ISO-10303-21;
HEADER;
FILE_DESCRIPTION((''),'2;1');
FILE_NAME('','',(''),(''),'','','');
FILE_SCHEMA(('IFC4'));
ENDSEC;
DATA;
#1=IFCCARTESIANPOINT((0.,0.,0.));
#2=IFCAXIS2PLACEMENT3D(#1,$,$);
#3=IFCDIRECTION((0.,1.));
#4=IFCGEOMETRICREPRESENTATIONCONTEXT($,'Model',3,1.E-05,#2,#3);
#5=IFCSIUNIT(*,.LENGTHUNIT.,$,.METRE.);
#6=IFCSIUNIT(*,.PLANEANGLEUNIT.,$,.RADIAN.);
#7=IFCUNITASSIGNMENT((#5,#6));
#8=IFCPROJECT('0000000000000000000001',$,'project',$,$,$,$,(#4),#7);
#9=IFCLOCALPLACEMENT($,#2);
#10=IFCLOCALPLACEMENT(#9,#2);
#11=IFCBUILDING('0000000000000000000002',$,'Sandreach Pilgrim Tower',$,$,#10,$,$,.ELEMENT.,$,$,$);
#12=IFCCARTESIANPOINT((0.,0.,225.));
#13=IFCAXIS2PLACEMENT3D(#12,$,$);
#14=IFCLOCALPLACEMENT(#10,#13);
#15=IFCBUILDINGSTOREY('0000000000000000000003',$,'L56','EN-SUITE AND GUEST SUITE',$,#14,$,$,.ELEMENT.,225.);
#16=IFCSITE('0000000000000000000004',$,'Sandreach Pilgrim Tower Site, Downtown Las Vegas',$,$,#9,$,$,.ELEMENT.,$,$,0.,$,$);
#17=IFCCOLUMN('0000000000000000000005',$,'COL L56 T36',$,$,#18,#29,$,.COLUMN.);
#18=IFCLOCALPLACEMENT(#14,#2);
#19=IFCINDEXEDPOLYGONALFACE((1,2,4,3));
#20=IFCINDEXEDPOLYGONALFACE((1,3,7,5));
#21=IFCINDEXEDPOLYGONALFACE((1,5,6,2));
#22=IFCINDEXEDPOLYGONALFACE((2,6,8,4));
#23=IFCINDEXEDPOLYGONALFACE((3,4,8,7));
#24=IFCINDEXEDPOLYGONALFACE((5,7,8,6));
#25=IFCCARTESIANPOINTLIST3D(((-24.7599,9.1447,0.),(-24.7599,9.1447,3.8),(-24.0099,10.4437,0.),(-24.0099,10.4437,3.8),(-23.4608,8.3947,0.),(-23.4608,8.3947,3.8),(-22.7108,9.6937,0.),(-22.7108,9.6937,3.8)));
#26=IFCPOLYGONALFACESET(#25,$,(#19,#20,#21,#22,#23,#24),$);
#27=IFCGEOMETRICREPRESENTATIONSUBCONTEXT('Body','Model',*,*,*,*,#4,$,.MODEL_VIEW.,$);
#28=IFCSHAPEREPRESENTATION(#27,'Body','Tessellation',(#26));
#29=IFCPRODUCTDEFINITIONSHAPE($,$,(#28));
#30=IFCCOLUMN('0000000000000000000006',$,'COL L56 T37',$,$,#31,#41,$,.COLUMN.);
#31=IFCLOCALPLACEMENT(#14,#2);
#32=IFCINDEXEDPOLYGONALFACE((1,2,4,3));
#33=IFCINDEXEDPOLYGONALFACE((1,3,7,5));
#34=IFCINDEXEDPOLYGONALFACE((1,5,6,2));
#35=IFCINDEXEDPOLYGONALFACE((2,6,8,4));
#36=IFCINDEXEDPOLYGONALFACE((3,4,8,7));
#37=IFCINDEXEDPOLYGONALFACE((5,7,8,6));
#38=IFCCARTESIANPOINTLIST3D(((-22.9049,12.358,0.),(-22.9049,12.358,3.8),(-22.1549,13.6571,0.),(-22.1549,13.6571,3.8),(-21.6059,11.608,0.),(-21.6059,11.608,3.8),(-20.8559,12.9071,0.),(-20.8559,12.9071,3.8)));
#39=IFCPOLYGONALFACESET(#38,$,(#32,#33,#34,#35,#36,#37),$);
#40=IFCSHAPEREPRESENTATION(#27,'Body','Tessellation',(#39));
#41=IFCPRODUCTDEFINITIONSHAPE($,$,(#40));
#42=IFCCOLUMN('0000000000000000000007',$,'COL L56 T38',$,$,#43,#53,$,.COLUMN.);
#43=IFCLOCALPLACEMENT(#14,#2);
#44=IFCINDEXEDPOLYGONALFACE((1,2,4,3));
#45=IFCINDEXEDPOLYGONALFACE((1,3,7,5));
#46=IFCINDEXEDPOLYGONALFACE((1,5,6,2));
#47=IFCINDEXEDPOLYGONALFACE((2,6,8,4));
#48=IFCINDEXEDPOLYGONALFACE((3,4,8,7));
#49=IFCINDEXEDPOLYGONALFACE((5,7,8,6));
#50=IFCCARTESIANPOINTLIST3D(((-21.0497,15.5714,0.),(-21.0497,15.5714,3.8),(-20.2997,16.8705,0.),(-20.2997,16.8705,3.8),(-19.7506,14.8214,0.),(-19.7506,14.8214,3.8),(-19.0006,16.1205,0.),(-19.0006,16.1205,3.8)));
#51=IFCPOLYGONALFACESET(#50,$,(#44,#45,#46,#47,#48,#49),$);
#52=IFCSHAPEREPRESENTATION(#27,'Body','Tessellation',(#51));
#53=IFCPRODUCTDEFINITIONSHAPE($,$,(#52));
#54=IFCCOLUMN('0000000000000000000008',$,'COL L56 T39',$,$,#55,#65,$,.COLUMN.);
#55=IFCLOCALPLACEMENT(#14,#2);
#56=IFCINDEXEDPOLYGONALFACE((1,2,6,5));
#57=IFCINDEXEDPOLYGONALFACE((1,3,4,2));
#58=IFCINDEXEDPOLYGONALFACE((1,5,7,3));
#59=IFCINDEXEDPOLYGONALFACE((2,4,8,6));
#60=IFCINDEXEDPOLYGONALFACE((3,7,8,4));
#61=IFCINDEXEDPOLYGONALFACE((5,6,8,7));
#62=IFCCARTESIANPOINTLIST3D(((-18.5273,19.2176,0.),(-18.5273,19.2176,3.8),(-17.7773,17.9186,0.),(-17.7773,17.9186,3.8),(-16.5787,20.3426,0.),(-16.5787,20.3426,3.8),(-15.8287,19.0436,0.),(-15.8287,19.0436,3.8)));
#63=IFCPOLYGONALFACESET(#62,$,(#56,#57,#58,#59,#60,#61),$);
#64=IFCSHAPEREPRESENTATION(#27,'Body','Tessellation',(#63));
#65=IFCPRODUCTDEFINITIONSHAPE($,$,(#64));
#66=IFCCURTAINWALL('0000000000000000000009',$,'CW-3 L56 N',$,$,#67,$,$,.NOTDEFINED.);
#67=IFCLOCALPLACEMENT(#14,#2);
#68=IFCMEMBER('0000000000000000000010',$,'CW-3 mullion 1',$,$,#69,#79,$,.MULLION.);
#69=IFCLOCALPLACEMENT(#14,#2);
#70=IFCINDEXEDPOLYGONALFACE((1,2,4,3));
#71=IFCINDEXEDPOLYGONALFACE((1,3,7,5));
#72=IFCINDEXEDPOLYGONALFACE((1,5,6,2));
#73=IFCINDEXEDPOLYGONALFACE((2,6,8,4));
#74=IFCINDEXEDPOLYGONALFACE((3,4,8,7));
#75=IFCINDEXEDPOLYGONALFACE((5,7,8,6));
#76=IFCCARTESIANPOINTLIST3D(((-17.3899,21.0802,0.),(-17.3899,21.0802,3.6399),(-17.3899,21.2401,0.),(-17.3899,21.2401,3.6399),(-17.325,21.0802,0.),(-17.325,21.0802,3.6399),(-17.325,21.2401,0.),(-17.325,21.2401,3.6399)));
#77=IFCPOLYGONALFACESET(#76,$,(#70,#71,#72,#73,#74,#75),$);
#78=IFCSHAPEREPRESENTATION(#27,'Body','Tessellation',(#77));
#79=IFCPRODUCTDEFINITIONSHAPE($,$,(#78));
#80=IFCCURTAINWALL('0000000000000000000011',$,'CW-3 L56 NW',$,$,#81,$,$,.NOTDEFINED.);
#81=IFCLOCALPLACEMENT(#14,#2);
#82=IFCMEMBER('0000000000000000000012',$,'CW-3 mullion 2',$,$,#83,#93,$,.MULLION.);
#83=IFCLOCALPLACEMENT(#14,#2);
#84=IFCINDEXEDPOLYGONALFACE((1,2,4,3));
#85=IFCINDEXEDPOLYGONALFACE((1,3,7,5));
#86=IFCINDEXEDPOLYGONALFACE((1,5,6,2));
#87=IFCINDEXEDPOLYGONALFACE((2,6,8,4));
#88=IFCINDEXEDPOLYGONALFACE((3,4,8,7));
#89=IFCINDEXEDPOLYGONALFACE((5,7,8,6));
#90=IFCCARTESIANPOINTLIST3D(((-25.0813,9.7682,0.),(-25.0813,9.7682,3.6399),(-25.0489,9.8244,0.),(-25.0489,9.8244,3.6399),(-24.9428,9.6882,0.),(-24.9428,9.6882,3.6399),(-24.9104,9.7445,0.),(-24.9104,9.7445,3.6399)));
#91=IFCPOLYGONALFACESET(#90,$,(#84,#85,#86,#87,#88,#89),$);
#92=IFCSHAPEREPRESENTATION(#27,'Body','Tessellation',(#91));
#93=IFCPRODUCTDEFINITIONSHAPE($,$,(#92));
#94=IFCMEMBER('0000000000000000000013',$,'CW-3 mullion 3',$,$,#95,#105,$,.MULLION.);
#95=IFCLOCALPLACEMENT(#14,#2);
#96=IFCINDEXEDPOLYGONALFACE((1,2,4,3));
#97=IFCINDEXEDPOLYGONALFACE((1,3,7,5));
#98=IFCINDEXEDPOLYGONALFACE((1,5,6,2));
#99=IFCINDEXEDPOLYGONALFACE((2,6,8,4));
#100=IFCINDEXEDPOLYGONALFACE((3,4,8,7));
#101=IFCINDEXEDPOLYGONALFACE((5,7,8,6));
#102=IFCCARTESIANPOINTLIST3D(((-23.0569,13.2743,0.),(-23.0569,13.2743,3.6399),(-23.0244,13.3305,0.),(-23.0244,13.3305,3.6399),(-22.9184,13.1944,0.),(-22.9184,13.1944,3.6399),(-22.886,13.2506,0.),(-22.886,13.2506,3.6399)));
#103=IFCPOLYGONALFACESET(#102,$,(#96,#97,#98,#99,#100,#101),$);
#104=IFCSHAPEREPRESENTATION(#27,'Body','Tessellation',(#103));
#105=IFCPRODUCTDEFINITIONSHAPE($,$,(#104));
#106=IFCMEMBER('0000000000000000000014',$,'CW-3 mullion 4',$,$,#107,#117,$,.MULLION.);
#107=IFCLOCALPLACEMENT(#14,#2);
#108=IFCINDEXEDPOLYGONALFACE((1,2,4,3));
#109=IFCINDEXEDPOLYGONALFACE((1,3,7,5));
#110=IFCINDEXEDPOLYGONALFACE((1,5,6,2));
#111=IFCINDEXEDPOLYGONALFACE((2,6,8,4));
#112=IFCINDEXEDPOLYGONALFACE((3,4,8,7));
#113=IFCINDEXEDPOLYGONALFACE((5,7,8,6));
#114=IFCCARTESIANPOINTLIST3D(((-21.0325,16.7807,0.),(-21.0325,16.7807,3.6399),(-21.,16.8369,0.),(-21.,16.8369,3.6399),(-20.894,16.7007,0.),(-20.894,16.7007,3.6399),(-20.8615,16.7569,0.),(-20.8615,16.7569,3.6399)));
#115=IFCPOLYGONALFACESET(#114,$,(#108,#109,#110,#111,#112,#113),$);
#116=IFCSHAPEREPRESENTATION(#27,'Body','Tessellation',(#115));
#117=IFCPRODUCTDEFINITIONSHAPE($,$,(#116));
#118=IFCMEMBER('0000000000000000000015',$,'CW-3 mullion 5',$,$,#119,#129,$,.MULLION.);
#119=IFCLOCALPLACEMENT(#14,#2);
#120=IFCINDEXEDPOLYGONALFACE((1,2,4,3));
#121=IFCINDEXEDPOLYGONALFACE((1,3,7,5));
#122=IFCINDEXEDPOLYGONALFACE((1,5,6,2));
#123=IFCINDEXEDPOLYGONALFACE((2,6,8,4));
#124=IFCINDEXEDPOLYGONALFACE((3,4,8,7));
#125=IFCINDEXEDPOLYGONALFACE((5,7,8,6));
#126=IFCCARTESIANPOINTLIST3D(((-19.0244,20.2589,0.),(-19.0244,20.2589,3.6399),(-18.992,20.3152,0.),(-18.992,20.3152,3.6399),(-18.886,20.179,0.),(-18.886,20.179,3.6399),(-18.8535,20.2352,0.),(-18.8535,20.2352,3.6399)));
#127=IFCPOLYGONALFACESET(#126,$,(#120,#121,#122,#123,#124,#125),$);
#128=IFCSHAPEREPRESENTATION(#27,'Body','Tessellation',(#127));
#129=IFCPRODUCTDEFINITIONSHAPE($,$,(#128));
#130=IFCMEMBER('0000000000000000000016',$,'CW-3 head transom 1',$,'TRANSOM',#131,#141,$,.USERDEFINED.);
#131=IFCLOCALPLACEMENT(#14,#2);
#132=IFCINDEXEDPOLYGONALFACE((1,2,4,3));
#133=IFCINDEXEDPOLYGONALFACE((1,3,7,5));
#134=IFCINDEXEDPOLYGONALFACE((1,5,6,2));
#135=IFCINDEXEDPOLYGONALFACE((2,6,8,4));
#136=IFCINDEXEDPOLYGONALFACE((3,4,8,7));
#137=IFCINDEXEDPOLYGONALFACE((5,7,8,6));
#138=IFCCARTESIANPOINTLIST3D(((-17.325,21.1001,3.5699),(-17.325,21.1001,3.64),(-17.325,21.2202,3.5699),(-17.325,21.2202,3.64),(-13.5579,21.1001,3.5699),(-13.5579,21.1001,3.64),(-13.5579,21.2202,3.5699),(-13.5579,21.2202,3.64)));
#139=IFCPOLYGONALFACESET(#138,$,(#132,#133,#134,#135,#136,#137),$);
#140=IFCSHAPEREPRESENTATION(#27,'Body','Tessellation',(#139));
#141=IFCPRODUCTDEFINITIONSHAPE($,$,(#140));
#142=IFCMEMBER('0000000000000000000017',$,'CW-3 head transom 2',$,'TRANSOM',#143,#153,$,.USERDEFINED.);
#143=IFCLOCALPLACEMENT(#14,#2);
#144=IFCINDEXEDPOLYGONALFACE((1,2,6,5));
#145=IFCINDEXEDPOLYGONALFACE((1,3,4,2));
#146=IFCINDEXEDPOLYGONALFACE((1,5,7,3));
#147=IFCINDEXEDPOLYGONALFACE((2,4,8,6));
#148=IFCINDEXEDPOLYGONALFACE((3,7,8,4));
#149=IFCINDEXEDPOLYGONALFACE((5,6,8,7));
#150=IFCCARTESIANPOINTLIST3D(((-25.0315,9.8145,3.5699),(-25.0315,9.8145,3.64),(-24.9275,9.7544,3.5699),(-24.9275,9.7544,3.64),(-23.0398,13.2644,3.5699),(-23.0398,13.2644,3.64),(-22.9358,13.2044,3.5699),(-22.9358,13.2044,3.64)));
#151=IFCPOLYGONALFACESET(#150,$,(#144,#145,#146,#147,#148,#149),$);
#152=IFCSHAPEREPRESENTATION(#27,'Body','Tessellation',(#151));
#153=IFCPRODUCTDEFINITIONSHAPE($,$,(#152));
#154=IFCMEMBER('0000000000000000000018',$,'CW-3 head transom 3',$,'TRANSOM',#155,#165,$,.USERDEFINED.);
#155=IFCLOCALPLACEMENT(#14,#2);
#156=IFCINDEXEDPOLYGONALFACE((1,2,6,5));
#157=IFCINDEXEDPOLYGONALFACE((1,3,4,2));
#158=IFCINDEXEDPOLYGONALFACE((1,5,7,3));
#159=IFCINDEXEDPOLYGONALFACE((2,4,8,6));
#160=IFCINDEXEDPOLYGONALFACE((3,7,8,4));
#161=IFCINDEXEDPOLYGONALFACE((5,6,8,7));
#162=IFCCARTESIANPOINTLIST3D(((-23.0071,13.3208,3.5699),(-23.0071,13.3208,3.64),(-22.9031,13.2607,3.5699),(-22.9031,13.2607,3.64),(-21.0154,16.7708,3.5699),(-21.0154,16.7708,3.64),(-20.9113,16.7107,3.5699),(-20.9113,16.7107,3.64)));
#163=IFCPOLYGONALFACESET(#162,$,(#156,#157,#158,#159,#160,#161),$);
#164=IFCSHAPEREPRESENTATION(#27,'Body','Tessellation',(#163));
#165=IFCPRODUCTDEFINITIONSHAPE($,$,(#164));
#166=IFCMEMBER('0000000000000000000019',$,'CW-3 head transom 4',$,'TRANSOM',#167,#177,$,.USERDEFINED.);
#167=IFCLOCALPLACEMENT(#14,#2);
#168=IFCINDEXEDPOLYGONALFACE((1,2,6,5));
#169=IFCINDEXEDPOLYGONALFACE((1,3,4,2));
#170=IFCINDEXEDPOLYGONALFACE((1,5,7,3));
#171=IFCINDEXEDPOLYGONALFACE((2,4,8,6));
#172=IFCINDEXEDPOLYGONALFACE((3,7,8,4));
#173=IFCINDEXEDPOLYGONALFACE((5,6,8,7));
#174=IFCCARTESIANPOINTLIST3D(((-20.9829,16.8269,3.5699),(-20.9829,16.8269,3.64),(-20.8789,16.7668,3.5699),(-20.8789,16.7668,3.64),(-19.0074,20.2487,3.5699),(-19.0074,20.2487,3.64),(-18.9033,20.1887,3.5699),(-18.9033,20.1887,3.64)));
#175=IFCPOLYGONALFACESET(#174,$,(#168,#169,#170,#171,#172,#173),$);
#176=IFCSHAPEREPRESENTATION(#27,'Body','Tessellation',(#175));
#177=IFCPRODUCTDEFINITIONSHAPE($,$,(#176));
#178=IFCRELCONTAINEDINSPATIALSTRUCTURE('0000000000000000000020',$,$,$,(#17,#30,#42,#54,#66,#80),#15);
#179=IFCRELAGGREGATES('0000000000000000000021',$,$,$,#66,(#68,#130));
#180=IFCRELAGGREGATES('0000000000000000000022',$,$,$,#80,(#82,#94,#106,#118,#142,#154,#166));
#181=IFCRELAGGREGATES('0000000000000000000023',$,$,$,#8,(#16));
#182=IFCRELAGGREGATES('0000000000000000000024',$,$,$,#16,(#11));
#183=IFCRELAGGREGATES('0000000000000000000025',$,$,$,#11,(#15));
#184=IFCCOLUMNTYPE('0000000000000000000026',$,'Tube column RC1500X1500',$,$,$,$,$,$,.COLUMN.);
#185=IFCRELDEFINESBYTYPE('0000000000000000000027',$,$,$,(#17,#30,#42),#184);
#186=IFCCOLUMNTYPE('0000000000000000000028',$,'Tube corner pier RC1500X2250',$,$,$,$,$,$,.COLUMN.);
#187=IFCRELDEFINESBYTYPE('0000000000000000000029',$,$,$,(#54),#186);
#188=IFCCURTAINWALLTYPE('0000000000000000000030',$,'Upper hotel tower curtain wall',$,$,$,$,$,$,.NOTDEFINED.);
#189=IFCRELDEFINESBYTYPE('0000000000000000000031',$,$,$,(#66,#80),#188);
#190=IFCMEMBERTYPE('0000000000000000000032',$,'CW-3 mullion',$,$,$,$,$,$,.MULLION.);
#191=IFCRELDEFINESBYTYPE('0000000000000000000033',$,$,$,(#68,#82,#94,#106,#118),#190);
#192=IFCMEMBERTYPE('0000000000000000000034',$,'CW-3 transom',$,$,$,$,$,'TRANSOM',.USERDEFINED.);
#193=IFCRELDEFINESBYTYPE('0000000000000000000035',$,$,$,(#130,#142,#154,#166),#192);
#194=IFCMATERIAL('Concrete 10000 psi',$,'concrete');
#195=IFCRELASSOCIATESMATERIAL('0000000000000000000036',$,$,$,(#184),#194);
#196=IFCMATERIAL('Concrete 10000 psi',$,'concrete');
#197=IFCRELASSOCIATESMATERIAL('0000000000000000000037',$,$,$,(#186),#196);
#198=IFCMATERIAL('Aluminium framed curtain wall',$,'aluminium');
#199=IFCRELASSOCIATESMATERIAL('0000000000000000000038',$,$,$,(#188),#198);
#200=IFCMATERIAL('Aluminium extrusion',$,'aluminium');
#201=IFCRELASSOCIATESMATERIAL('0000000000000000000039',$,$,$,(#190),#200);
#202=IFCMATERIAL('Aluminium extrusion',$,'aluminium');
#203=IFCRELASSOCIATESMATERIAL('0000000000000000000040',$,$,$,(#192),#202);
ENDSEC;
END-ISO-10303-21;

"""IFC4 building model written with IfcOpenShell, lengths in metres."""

from ifc_helpers import new_model, si_unit, direction, frame, origin, origin_2d, place, context, subcontext, project, spatial, rectangle, extrude, material, material_profile, profile_set, type_object, element, aggregate, save


model = new_model("IFC4")

# Units and contexts
model_context = context("Model", 3, precision=1e-05, world=origin(), true_north=direction((0.0, 1.0)))
body_context = subcontext(model_context, "Body", "Model", "MODEL_VIEW")
ifc_project = project(units=[si_unit("LENGTHUNIT", "METRE"), si_unit("PLANEANGLEUNIT", "RADIAN")], contexts=[model_context])

# Site, building, storey
site_placement = place(None, origin())
site = spatial("IfcSite", under=ifc_project, at=site_placement, Name="Sandreach Pilgrim Tower Site, Downtown Las Vegas", CompositionType="ELEMENT", RefElevation=0.0)
building_placement = place(site_placement, origin())
building = spatial("IfcBuilding", under=site, at=building_placement, Name="Sandreach Pilgrim Tower", CompositionType="ELEMENT")
storey_placement = place(building_placement, frame((0.0, 0.0, 225.0)))
storey = spatial("IfcBuildingStorey", under=building, at=storey_placement, Name="L56", Description="EN-SUITE AND GUEST SUITE", CompositionType="ELEMENT", Elevation=225.0)

# Columns
ifc_material_1 = material(Name="Concrete 10000 psi", Category="concrete")
ifc_material_profile_1 = material_profile(ifc_material_1, rectangle(XDim=1.5, YDim=1.5, at=origin_2d()), Name="RC1500X1500")
ifc_profile_set_1 = profile_set([ifc_material_profile_1], Name="Concrete 10000 psi")
column_type_1 = type_object("IfcColumnType", Name="Tube column RC1500X1500", PredefinedType="COLUMN", material=ifc_profile_set_1)
for number, where, z_axis, x_axis, name in (
    (1, (-23.7354, 9.4192, 0.0), (0.0, 0.0, 1.0), (-0.866025, 0.5, 0.0), "COL L56 T36"),
    (2, (-21.8804, 12.6326, 0.0), (0.0, 0.0, 1.0), (-0.866025, 0.5, 0.0), "COL L56 T37"),
    (3, (-20.0251, 15.8459, 0.0), (0.0, 0.0, 1.0), (-0.866025, 0.5, 0.0), "COL L56 T38"),
):
    element("IfcColumn", number, at=place(storey_placement, frame(where, z_axis=z_axis, x_axis=x_axis)), inside=storey, type_object=column_type_1, Name=name, PredefinedType="COLUMN", context=body_context, shape_type="SweptSolid", body=[
        extrude(rectangle(XDim=1.5, YDim=1.5, at=origin_2d()), origin(), (0.0, 0.0, 1.0), 3.8),
    ])
ifc_material_2 = material(Name="Concrete 10000 psi", Category="concrete")
ifc_material_profile_2 = material_profile(ifc_material_2, rectangle(XDim=1.5, YDim=2.25, at=origin_2d()), Name="RC1500X2250")
ifc_profile_set_2 = profile_set([ifc_material_profile_2], Name="Concrete 10000 psi")
column_type_2 = type_object("IfcColumnType", Name="Tube corner pier RC1500X2250", PredefinedType="COLUMN", material=ifc_profile_set_2)
column_placement = place(storey_placement, frame((-17.178, 19.1306, 0.0), z_axis=(0.0, 0.0, 1.0), x_axis=(-0.5, 0.866025, 0.0)))
element("IfcColumn", 4, at=column_placement, inside=storey, type_object=column_type_2, Name="COL L56 T39", PredefinedType="COLUMN", context=body_context, shape_type="SweptSolid", body=[
    extrude(rectangle(XDim=1.5, YDim=2.25, at=origin_2d()), origin(), (0.0, 0.0, 1.0), 3.8),
])

# Curtain wall, member
ifc_material_3 = material(Name="Aluminium framed curtain wall", Category="aluminium")
curtain_wall_type = type_object("IfcCurtainWallType", Name="Upper hotel tower curtain wall", PredefinedType="NOTDEFINED", material=ifc_material_3)
curtain_wall_1_placement = place(storey_placement, origin())
curtain_wall_1 = element("IfcCurtainWall", 5, at=curtain_wall_1_placement, inside=storey, type_object=curtain_wall_type, Name="CW-3 L56 N", PredefinedType="NOTDEFINED")
ifc_material_4 = material(Name="Aluminium extrusion", Category="aluminium")
ifc_material_profile_3 = material_profile(ifc_material_4, rectangle(XDim=0.0649, YDim=0.1599, at=origin_2d()), Name="CW-3M 65X160")
ifc_profile_set_3 = profile_set([ifc_material_profile_3], Name="Aluminium extrusion")
member_type_1 = type_object("IfcMemberType", Name="CW-3 mullion", PredefinedType="MULLION", material=ifc_profile_set_3)
member_1_placement = place(storey_placement, frame((-17.3574, 21.1602, 0.0), z_axis=(0.0, 0.0, 1.0), x_axis=(1.0, 0.0, 0.0)))
member_1 = element("IfcMember", 6, at=member_1_placement, type_object=member_type_1, Name="CW-3 mullion 1", PredefinedType="MULLION", context=body_context, shape_type="SweptSolid", body=[
    extrude(rectangle(XDim=0.0649, YDim=0.1599, at=origin_2d()), origin(), (0.0, 0.0, 1.0), 3.6399),
])

# Curtain wall, members
curtain_wall_2_placement = place(storey_placement, origin())
curtain_wall_2 = element("IfcCurtainWall", 7, at=curtain_wall_2_placement, inside=storey, type_object=curtain_wall_type, Name="CW-3 L56 NW", PredefinedType="NOTDEFINED")
member_2_placement = place(storey_placement, frame((-24.9958, 9.7563, 0.0), z_axis=(0.0, 0.0, 1.0), x_axis=(0.5, 0.866025, 0.0)))
member_2 = element("IfcMember", 8, at=member_2_placement, type_object=member_type_1, Name="CW-3 mullion 2", PredefinedType="MULLION", context=body_context, shape_type="SweptSolid", body=[
    extrude(rectangle(XDim=0.0649, YDim=0.1599, at=origin_2d()), origin(), (0.0, 0.0, 1.0), 3.6399),
])
member_3_placement = place(storey_placement, frame((-22.9714, 13.2625, 0.0), z_axis=(0.0, 0.0, 1.0), x_axis=(0.5, 0.866025, 0.0)))
member_3 = element("IfcMember", 9, at=member_3_placement, type_object=member_type_1, Name="CW-3 mullion 3", PredefinedType="MULLION", context=body_context, shape_type="SweptSolid", body=[
    extrude(rectangle(XDim=0.0649, YDim=0.1599, at=origin_2d()), origin(), (0.0, 0.0, 1.0), 3.6399),
])
member_4_placement = place(storey_placement, frame((-20.947, 16.7688, 0.0), z_axis=(0.0, 0.0, 1.0), x_axis=(0.5, 0.866025, 0.0)))
member_4 = element("IfcMember", 10, at=member_4_placement, type_object=member_type_1, Name="CW-3 mullion 4", PredefinedType="MULLION", context=body_context, shape_type="SweptSolid", body=[
    extrude(rectangle(XDim=0.0649, YDim=0.1599, at=origin_2d()), origin(), (0.0, 0.0, 1.0), 3.6399),
])
member_5_placement = place(storey_placement, frame((-18.939, 20.2471, 0.0), z_axis=(0.0, 0.0, 1.0), x_axis=(0.5, 0.866025, 0.0)))
member_5 = element("IfcMember", 11, at=member_5_placement, type_object=member_type_1, Name="CW-3 mullion 5", PredefinedType="MULLION", context=body_context, shape_type="SweptSolid", body=[
    extrude(rectangle(XDim=0.0649, YDim=0.1599, at=origin_2d()), origin(), (0.0, 0.0, 1.0), 3.6399),
])

# Members
ifc_material_5 = material(Name="Aluminium extrusion", Category="aluminium")
ifc_material_profile_4 = material_profile(ifc_material_5, rectangle(XDim=0.1201, YDim=0.0701, at=origin_2d()), Name="CW-3T 120X70")
ifc_profile_set_4 = profile_set([ifc_material_profile_4], Name="Aluminium extrusion")
member_type_2 = type_object("IfcMemberType", Name="CW-3 transom", ElementType="TRANSOM", PredefinedType="USERDEFINED", material=ifc_profile_set_4)
member_6_placement = place(storey_placement, frame((-17.325, 21.1602, 3.605), z_axis=(1.0, 0.0, 0.0), x_axis=(0.0, 1.0, 0.0)))
member_6 = element("IfcMember", 12, at=member_6_placement, type_object=member_type_2, Name="CW-3 head transom 1", ObjectType="TRANSOM", PredefinedType="USERDEFINED", context=body_context, shape_type="SweptSolid", body=[
    extrude(rectangle(XDim=0.1201, YDim=0.0701, at=origin_2d()), origin(), (0.0, 0.0, 1.0), 3.7671),
])
aggregate(curtain_wall_1, [member_1, member_6])
member_7_placement = place(storey_placement, frame((-24.9795, 9.7844, 3.605), z_axis=(0.499975, 0.86604, 0.0), x_axis=(-0.86604, 0.499975, 0.0)))
member_7 = element("IfcMember", 13, at=member_7_placement, type_object=member_type_2, Name="CW-3 head transom 2", ObjectType="TRANSOM", PredefinedType="USERDEFINED", context=body_context, shape_type="SweptSolid", body=[
    extrude(rectangle(XDim=0.1201, YDim=0.0701, at=origin_2d()), origin(), (0.0, 0.0, 1.0), 3.9836),
])
member_8_placement = place(storey_placement, frame((-22.9551, 13.2908, 3.605), z_axis=(0.499975, 0.86604, 0.0), x_axis=(-0.86604, 0.499975, 0.0)))
member_8 = element("IfcMember", 14, at=member_8_placement, type_object=member_type_2, Name="CW-3 head transom 3", ObjectType="TRANSOM", PredefinedType="USERDEFINED", context=body_context, shape_type="SweptSolid", body=[
    extrude(rectangle(XDim=0.1201, YDim=0.0701, at=origin_2d()), origin(), (0.0, 0.0, 1.0), 3.9836),
])
member_9_placement = place(storey_placement, frame((-20.9309, 16.7969, 3.605), z_axis=(0.499993, 0.866029, 0.0), x_axis=(-0.866029, 0.499993, 0.0)))
member_9 = element("IfcMember", 15, at=member_9_placement, type_object=member_type_2, Name="CW-3 head transom 4", ObjectType="TRANSOM", PredefinedType="USERDEFINED", context=body_context, shape_type="SweptSolid", body=[
    extrude(rectangle(XDim=0.1201, YDim=0.0701, at=origin_2d()), origin(), (0.0, 0.0, 1.0), 3.9512),
])

aggregate(curtain_wall_2, [member_2, member_3, member_4, member_5, member_7, member_8, member_9])

save(model, "model.ifc")
